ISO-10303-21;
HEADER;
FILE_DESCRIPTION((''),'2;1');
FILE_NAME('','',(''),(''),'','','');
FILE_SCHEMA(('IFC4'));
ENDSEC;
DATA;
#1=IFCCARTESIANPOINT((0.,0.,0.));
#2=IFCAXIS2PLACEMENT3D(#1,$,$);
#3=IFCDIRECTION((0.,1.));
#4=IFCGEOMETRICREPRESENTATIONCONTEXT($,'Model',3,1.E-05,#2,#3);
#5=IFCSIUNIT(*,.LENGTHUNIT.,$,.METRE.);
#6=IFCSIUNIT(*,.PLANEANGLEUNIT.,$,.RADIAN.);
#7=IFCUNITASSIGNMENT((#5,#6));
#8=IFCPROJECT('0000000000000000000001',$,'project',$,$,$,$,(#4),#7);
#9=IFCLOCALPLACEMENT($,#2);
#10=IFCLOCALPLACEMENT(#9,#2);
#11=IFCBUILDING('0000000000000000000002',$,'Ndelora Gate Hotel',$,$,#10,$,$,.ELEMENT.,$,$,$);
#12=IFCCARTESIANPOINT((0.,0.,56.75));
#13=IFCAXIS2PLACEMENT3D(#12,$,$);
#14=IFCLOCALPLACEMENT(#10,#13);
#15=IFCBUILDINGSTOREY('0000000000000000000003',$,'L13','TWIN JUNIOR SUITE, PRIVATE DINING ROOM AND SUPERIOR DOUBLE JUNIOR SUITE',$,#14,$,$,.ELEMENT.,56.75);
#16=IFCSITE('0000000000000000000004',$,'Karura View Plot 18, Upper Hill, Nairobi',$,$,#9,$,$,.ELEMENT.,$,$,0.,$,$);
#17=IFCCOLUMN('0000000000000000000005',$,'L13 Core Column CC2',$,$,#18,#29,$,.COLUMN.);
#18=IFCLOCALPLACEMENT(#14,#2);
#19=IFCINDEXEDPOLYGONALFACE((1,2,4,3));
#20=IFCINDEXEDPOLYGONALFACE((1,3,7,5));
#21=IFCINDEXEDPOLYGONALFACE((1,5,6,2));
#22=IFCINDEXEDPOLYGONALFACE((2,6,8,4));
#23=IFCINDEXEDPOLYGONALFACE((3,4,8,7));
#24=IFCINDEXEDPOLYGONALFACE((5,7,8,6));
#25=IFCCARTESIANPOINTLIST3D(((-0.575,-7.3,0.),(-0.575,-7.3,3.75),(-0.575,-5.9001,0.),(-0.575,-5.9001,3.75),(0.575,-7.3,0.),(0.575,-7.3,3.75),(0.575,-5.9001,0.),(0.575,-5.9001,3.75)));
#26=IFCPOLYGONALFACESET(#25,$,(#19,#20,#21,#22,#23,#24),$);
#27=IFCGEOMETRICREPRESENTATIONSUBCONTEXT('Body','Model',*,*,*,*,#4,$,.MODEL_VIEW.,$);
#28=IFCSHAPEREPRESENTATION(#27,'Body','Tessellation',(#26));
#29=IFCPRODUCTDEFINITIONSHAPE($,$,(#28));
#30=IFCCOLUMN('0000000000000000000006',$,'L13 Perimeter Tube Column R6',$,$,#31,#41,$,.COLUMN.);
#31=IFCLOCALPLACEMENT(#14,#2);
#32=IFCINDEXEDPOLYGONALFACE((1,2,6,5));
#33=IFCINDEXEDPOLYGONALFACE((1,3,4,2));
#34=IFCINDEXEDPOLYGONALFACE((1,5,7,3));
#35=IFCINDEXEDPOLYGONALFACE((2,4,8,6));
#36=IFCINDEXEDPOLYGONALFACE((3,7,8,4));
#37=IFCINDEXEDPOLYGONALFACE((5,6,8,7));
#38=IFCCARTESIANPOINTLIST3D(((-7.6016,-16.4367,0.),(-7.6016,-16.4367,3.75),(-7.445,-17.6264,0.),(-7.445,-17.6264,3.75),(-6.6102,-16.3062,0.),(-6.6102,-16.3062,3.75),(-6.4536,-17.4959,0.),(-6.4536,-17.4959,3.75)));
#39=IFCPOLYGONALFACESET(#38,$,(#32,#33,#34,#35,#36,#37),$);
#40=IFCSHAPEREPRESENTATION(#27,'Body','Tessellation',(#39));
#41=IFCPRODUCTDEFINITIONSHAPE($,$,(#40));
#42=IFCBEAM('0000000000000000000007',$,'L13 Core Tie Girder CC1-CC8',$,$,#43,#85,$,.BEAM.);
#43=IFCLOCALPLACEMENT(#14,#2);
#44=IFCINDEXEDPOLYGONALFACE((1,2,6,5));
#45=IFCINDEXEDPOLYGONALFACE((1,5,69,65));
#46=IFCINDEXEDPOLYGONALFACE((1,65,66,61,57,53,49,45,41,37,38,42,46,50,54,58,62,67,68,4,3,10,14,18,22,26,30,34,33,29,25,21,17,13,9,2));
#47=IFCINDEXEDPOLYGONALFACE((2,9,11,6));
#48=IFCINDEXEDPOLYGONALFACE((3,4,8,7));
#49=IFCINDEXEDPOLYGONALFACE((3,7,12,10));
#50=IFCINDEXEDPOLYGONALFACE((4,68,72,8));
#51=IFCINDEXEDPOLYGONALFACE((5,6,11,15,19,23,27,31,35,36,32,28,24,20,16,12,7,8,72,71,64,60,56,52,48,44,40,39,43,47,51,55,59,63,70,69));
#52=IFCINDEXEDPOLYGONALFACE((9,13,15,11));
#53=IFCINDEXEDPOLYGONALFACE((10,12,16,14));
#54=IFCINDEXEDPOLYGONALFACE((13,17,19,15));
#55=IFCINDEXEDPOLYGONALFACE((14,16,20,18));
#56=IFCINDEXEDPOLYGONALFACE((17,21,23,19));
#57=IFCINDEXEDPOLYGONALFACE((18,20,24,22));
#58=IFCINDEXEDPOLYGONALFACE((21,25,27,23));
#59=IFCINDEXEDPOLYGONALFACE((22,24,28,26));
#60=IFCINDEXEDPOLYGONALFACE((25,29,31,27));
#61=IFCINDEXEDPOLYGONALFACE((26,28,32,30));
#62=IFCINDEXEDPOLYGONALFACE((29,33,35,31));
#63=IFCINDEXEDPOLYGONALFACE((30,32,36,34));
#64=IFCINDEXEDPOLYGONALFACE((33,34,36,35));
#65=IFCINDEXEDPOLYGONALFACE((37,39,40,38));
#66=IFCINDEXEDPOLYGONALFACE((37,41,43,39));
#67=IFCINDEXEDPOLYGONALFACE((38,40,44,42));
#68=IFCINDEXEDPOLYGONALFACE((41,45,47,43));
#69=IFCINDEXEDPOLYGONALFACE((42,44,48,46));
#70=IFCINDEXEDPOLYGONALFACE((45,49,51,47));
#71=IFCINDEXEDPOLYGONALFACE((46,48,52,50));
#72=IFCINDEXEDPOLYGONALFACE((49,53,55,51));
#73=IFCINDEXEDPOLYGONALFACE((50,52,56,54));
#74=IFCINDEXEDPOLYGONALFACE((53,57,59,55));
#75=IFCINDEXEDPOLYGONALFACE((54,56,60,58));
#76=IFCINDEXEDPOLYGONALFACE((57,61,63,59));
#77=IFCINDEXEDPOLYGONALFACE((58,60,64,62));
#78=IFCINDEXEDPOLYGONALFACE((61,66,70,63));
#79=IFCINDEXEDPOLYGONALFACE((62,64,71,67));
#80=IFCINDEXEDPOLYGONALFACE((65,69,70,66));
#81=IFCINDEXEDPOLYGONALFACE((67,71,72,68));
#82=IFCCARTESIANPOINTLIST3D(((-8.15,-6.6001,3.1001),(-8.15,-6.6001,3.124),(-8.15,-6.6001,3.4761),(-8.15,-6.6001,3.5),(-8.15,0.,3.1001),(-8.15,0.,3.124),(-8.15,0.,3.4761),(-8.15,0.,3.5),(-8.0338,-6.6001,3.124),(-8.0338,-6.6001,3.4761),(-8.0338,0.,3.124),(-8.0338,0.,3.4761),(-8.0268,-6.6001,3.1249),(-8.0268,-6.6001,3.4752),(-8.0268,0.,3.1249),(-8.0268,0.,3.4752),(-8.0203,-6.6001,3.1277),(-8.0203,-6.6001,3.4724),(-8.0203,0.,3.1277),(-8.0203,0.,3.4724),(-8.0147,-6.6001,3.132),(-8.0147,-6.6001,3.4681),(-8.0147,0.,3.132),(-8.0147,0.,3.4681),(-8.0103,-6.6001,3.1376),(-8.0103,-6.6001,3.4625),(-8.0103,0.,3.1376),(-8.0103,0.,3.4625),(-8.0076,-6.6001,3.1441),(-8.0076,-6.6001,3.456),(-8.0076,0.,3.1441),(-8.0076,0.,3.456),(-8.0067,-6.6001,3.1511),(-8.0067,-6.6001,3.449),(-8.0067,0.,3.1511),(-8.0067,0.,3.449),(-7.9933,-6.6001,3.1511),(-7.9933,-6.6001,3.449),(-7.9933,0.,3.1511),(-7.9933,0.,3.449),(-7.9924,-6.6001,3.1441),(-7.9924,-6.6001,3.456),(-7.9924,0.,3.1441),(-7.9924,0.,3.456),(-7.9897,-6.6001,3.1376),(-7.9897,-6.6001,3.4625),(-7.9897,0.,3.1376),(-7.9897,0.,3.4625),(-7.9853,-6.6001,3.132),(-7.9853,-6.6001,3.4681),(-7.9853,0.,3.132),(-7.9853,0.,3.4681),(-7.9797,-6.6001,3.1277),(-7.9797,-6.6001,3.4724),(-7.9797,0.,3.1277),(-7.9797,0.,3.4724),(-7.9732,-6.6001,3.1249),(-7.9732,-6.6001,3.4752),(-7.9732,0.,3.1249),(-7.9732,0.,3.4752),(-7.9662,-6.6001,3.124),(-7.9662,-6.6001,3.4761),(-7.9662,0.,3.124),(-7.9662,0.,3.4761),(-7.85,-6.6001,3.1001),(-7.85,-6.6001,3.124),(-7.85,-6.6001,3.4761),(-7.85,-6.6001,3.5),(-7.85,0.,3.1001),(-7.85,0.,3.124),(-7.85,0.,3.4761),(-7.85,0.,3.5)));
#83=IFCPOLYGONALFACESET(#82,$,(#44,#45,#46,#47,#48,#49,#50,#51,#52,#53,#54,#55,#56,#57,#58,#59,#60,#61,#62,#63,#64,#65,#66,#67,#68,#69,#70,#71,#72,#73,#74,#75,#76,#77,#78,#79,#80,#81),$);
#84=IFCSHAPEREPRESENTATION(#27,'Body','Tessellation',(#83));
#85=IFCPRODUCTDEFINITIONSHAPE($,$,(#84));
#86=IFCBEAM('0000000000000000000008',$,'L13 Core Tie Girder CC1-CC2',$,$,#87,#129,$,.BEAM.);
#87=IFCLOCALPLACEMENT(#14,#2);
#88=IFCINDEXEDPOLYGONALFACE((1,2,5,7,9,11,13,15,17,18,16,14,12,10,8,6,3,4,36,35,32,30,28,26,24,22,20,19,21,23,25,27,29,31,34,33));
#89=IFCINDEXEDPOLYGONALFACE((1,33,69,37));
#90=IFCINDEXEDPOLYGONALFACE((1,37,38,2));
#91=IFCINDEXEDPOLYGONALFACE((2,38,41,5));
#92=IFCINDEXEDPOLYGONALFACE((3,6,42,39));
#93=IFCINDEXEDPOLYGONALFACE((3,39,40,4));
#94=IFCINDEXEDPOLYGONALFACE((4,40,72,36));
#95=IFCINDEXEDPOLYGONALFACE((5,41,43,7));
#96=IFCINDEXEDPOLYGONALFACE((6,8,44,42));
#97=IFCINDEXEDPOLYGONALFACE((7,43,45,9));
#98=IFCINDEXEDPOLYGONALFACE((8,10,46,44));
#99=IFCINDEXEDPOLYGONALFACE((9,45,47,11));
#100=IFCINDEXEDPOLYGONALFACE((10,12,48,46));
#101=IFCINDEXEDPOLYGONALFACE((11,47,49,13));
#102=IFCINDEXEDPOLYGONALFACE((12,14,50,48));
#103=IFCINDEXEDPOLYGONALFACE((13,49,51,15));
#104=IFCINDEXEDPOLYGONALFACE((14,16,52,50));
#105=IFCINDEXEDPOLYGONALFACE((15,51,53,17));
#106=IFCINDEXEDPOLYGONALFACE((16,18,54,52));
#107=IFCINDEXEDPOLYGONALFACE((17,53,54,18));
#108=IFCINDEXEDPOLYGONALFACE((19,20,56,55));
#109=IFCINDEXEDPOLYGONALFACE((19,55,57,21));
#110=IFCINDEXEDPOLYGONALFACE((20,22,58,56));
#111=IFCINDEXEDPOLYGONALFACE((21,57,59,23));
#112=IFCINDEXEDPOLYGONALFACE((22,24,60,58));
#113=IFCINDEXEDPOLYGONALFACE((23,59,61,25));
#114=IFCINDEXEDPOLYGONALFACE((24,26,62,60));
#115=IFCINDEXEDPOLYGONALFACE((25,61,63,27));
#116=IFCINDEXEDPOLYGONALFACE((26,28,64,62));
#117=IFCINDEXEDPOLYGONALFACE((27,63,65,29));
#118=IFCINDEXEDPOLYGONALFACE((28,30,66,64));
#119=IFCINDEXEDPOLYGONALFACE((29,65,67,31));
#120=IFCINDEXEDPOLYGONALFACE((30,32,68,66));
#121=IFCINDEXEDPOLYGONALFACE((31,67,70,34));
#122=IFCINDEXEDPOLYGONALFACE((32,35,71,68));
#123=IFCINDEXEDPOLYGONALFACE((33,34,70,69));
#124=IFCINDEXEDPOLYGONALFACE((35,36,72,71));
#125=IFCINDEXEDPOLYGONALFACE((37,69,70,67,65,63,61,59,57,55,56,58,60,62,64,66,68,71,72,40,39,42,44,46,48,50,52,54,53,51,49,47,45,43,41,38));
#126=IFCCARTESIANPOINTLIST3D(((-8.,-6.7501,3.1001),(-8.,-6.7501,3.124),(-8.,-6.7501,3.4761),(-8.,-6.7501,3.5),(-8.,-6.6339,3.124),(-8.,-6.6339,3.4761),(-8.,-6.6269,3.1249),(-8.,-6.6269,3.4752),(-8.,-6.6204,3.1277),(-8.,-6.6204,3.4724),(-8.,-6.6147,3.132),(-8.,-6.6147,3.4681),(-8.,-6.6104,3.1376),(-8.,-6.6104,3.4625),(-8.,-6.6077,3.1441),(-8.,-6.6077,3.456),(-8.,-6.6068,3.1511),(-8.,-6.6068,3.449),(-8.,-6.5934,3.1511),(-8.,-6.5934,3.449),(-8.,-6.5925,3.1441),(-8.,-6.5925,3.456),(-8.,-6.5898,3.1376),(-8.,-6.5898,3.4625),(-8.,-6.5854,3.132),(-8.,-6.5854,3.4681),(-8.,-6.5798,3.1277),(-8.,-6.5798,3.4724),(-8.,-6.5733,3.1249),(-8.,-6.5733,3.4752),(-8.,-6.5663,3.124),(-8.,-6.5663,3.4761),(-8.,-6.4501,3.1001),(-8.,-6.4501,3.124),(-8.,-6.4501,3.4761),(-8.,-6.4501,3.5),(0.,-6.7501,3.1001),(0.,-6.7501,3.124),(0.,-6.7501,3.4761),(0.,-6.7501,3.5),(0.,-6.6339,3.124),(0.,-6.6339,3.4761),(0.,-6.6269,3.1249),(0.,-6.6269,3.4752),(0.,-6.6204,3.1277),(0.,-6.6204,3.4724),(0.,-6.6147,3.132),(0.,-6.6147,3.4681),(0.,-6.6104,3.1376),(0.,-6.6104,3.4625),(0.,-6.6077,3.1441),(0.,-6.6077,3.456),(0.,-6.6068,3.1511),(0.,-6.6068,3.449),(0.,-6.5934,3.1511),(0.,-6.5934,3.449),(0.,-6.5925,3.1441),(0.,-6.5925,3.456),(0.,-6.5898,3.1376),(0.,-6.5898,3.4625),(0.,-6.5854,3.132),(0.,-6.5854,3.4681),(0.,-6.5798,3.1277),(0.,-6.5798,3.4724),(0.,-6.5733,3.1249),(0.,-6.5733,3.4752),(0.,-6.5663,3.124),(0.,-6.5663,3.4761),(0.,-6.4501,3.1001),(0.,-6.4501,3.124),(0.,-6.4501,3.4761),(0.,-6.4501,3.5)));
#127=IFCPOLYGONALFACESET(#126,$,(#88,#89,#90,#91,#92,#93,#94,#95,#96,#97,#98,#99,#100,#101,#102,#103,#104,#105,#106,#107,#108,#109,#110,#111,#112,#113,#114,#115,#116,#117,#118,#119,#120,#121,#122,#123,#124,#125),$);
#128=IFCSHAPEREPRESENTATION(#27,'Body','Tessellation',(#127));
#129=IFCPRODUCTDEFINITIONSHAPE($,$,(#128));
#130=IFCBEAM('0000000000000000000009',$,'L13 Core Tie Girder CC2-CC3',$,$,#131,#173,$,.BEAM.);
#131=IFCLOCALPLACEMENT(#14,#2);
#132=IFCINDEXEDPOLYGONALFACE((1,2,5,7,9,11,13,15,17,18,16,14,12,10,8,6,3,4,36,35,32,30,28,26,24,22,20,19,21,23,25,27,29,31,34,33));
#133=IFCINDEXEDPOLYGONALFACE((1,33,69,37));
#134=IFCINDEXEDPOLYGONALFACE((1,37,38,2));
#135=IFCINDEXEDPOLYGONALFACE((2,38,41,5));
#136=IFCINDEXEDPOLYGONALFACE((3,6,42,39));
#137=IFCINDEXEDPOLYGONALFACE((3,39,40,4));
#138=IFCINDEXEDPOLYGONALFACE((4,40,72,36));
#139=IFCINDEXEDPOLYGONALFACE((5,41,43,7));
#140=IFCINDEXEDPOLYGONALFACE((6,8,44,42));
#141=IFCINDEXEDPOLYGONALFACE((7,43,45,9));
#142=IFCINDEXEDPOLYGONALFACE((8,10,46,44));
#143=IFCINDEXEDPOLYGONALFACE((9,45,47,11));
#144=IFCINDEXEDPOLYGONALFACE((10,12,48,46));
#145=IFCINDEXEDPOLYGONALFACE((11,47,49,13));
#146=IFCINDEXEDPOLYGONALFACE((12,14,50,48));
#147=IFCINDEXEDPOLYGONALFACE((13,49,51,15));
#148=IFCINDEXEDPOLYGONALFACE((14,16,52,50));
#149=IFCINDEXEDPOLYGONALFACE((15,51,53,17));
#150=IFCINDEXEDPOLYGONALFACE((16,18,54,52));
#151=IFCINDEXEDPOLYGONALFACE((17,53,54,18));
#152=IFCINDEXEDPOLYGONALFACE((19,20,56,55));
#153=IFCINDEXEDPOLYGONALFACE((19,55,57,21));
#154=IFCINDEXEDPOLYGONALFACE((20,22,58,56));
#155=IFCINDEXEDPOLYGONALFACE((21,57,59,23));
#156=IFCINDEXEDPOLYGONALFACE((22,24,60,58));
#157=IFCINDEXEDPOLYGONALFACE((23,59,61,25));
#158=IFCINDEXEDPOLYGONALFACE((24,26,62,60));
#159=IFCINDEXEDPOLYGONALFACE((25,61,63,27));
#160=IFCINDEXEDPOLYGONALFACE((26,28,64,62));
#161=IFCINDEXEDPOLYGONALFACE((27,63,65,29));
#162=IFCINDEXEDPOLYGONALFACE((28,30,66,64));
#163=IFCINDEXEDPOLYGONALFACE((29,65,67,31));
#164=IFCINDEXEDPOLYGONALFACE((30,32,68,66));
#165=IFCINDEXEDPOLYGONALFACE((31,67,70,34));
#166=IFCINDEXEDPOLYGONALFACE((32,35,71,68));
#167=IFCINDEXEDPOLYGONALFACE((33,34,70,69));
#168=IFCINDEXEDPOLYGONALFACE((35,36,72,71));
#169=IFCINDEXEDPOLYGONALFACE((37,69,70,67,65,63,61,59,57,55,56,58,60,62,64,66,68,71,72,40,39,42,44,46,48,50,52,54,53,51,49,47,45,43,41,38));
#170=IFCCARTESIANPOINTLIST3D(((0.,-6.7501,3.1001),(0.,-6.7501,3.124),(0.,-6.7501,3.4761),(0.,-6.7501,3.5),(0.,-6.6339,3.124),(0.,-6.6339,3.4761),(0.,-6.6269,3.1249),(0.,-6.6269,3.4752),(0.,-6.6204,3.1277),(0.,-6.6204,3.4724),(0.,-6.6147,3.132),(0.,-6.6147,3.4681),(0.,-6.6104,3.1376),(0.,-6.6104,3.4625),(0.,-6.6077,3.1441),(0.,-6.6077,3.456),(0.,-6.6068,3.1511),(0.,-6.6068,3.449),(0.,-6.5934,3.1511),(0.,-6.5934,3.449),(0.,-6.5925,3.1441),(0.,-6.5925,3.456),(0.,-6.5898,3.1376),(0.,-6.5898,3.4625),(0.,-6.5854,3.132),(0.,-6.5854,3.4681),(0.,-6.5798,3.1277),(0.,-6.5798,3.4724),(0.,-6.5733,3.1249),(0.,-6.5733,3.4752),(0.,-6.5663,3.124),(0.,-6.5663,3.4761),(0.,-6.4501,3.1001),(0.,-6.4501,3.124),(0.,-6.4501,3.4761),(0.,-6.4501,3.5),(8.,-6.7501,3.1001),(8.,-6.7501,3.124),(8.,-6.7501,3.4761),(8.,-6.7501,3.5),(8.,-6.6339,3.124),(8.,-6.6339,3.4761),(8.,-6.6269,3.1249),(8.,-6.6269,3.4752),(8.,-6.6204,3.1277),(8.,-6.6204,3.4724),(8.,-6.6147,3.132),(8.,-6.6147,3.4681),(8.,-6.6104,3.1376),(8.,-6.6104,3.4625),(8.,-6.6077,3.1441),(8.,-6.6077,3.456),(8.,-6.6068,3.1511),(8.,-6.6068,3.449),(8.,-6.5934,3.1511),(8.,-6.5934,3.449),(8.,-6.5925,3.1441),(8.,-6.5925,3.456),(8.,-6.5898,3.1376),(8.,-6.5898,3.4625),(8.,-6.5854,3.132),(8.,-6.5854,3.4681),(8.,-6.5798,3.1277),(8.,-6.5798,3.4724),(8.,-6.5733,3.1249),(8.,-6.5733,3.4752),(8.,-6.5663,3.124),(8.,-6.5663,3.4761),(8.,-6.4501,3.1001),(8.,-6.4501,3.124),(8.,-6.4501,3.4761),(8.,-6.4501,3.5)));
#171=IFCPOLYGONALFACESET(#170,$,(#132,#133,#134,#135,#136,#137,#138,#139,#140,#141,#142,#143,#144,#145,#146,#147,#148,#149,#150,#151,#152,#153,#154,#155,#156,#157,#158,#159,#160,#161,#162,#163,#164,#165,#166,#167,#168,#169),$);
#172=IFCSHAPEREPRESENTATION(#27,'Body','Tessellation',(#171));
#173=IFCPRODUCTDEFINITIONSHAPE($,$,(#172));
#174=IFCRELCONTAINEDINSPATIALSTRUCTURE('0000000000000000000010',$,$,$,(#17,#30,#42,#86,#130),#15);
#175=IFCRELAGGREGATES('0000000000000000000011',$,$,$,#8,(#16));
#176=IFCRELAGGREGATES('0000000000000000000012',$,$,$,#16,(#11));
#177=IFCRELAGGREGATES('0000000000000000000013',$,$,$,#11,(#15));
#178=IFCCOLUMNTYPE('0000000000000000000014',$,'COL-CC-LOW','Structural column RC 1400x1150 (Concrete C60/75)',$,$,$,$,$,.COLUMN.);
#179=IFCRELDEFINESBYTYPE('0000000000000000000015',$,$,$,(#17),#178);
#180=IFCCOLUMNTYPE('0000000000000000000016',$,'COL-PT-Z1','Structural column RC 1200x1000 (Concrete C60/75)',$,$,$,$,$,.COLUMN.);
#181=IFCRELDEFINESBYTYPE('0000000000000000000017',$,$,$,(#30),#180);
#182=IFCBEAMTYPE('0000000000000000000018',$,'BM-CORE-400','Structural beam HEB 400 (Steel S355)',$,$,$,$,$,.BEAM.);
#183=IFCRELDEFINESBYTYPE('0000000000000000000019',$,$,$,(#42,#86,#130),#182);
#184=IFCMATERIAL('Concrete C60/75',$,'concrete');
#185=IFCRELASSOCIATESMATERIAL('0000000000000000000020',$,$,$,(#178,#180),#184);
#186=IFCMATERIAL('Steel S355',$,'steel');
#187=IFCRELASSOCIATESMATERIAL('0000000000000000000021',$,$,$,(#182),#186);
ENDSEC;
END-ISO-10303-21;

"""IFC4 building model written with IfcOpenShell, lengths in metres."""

from ifc_helpers import new_model, si_unit, direction, frame, origin, origin_2d, place, context, subcontext, project, spatial, rectangle, i_section, extrude, material, material_profile, profile_set, type_object, element, save


model = new_model("IFC4")

# Units and contexts
model_context = context("Model", 3, precision=1e-05, world=origin(), true_north=direction((0.0, 1.0)))
body_context = subcontext(model_context, "Body", "Model", "MODEL_VIEW")
ifc_project = project(units=[si_unit("LENGTHUNIT", "METRE"), si_unit("PLANEANGLEUNIT", "RADIAN")], contexts=[model_context])

# Site, building, storey
site_placement = place(None, origin())
site = spatial("IfcSite", under=ifc_project, at=site_placement, Name="Karura View Plot 18, Upper Hill, Nairobi", CompositionType="ELEMENT", RefElevation=0.0)
building_placement = place(site_placement, origin())
building = spatial("IfcBuilding", under=site, at=building_placement, Name="Ndelora Gate Hotel", CompositionType="ELEMENT")
storey_placement = place(building_placement, frame((0.0, 0.0, 56.75)))
storey = spatial("IfcBuildingStorey", under=building, at=storey_placement, Name="L13", Description="TWIN JUNIOR SUITE, PRIVATE DINING ROOM AND SUPERIOR DOUBLE JUNIOR SUITE", CompositionType="ELEMENT", Elevation=56.75)

# Columns
ifc_material_1 = material(Name="Concrete C60/75", Category="concrete")
ifc_material_profile_1 = material_profile(ifc_material_1, rectangle(XDim=1.1499, YDim=1.3999, at=origin_2d()), Name="RC 1400x1150")
ifc_profile_set_1 = profile_set([ifc_material_profile_1], Name="Concrete C60/75")
column_type_1 = type_object("IfcColumnType", Name="COL-CC-LOW", Description="Structural column RC 1400x1150 (Concrete C60/75)", PredefinedType="COLUMN", material=ifc_profile_set_1)
column_1_placement = place(storey_placement, frame((0.0, -6.6001, 0.0), z_axis=(0.0, 0.0, 1.0), x_axis=(1.0, 0.0, 0.0)))
element("IfcColumn", 1, at=column_1_placement, inside=storey, type_object=column_type_1, Name="L13 Core Column CC2", PredefinedType="COLUMN", context=body_context, shape_type="SweptSolid", body=[
    extrude(rectangle(XDim=1.1499, YDim=1.3999, at=origin_2d()), origin(), (0.0, 0.0, 1.0), 3.75),
])
ifc_material_profile_2 = material_profile(ifc_material_1, rectangle(XDim=1.0, YDim=1.2, at=origin_2d()), Name="RC 1200x1000")
ifc_profile_set_2 = profile_set([ifc_material_profile_2], Name="Concrete C60/75")
column_type_2 = type_object("IfcColumnType", Name="COL-PT-Z1", Description="Structural column RC 1200x1000 (Concrete C60/75)", PredefinedType="COLUMN", material=ifc_profile_set_2)
column_2_placement = place(storey_placement, frame((-7.0276, -16.9663, 0.0), z_axis=(0.0, 0.0, 1.0), x_axis=(0.991445, 0.130526, 0.0)))
element("IfcColumn", 2, at=column_2_placement, inside=storey, type_object=column_type_2, Name="L13 Perimeter Tube Column R6", PredefinedType="COLUMN", context=body_context, shape_type="SweptSolid", body=[
    extrude(rectangle(XDim=1.0, YDim=1.2, at=origin_2d()), origin(), (0.0, 0.0, 1.0), 3.75),
])

# Beams
ifc_material_2 = material(Name="Steel S355", Category="steel")
ifc_material_profile_3 = material_profile(ifc_material_2, i_section(OverallWidth=0.3, OverallDepth=0.3999, WebThickness=0.0134, FlangeThickness=0.0239, FilletRadius=0.0271, at=origin_2d()), Name="HEB 400")
ifc_profile_set_3 = profile_set([ifc_material_profile_3], Name="Steel S355")
beam_type_1 = type_object("IfcBeamType", Name="BM-CORE-400", Description="Structural beam HEB 400 (Steel S355)", PredefinedType="BEAM", material=ifc_profile_set_3)
beam_1_placement = place(storey_placement, frame((-8.0, -6.6001, 3.3), z_axis=(0.0, 1.0, 0.0), x_axis=(-1.0, 0.0, 0.0)))
element("IfcBeam", 3, at=beam_1_placement, inside=storey, type_object=beam_type_1, Name="L13 Core Tie Girder CC1-CC8", PredefinedType="BEAM", context=body_context, shape_type="SweptSolid", body=[
    extrude(i_section(OverallWidth=0.3, OverallDepth=0.3999, WebThickness=0.0134, FlangeThickness=0.0239, FilletRadius=0.0271, at=origin_2d()), origin(), (0.0, 0.0, 1.0), 6.6001),
])
for number, where, z_axis, x_axis, name in (
    (4, (-8.0, -6.6001, 3.3), (1.0, 0.0, 0.0), (0.0, 1.0, 0.0), "L13 Core Tie Girder CC1-CC2"),
    (5, (0.0, -6.6001, 3.3), (1.0, 0.0, 0.0), (0.0, 1.0, 0.0), "L13 Core Tie Girder CC2-CC3"),
):
    element("IfcBeam", number, at=place(storey_placement, frame(where, z_axis=z_axis, x_axis=x_axis)), inside=storey, type_object=beam_type_1, Name=name, PredefinedType="BEAM", context=body_context, shape_type="SweptSolid", body=[
        extrude(i_section(OverallWidth=0.3, OverallDepth=0.3999, WebThickness=0.0134, FlangeThickness=0.0239, FilletRadius=0.0271, at=origin_2d()), origin(), (0.0, 0.0, 1.0), 8.0),
    ])

save(model, "model.ifc")
